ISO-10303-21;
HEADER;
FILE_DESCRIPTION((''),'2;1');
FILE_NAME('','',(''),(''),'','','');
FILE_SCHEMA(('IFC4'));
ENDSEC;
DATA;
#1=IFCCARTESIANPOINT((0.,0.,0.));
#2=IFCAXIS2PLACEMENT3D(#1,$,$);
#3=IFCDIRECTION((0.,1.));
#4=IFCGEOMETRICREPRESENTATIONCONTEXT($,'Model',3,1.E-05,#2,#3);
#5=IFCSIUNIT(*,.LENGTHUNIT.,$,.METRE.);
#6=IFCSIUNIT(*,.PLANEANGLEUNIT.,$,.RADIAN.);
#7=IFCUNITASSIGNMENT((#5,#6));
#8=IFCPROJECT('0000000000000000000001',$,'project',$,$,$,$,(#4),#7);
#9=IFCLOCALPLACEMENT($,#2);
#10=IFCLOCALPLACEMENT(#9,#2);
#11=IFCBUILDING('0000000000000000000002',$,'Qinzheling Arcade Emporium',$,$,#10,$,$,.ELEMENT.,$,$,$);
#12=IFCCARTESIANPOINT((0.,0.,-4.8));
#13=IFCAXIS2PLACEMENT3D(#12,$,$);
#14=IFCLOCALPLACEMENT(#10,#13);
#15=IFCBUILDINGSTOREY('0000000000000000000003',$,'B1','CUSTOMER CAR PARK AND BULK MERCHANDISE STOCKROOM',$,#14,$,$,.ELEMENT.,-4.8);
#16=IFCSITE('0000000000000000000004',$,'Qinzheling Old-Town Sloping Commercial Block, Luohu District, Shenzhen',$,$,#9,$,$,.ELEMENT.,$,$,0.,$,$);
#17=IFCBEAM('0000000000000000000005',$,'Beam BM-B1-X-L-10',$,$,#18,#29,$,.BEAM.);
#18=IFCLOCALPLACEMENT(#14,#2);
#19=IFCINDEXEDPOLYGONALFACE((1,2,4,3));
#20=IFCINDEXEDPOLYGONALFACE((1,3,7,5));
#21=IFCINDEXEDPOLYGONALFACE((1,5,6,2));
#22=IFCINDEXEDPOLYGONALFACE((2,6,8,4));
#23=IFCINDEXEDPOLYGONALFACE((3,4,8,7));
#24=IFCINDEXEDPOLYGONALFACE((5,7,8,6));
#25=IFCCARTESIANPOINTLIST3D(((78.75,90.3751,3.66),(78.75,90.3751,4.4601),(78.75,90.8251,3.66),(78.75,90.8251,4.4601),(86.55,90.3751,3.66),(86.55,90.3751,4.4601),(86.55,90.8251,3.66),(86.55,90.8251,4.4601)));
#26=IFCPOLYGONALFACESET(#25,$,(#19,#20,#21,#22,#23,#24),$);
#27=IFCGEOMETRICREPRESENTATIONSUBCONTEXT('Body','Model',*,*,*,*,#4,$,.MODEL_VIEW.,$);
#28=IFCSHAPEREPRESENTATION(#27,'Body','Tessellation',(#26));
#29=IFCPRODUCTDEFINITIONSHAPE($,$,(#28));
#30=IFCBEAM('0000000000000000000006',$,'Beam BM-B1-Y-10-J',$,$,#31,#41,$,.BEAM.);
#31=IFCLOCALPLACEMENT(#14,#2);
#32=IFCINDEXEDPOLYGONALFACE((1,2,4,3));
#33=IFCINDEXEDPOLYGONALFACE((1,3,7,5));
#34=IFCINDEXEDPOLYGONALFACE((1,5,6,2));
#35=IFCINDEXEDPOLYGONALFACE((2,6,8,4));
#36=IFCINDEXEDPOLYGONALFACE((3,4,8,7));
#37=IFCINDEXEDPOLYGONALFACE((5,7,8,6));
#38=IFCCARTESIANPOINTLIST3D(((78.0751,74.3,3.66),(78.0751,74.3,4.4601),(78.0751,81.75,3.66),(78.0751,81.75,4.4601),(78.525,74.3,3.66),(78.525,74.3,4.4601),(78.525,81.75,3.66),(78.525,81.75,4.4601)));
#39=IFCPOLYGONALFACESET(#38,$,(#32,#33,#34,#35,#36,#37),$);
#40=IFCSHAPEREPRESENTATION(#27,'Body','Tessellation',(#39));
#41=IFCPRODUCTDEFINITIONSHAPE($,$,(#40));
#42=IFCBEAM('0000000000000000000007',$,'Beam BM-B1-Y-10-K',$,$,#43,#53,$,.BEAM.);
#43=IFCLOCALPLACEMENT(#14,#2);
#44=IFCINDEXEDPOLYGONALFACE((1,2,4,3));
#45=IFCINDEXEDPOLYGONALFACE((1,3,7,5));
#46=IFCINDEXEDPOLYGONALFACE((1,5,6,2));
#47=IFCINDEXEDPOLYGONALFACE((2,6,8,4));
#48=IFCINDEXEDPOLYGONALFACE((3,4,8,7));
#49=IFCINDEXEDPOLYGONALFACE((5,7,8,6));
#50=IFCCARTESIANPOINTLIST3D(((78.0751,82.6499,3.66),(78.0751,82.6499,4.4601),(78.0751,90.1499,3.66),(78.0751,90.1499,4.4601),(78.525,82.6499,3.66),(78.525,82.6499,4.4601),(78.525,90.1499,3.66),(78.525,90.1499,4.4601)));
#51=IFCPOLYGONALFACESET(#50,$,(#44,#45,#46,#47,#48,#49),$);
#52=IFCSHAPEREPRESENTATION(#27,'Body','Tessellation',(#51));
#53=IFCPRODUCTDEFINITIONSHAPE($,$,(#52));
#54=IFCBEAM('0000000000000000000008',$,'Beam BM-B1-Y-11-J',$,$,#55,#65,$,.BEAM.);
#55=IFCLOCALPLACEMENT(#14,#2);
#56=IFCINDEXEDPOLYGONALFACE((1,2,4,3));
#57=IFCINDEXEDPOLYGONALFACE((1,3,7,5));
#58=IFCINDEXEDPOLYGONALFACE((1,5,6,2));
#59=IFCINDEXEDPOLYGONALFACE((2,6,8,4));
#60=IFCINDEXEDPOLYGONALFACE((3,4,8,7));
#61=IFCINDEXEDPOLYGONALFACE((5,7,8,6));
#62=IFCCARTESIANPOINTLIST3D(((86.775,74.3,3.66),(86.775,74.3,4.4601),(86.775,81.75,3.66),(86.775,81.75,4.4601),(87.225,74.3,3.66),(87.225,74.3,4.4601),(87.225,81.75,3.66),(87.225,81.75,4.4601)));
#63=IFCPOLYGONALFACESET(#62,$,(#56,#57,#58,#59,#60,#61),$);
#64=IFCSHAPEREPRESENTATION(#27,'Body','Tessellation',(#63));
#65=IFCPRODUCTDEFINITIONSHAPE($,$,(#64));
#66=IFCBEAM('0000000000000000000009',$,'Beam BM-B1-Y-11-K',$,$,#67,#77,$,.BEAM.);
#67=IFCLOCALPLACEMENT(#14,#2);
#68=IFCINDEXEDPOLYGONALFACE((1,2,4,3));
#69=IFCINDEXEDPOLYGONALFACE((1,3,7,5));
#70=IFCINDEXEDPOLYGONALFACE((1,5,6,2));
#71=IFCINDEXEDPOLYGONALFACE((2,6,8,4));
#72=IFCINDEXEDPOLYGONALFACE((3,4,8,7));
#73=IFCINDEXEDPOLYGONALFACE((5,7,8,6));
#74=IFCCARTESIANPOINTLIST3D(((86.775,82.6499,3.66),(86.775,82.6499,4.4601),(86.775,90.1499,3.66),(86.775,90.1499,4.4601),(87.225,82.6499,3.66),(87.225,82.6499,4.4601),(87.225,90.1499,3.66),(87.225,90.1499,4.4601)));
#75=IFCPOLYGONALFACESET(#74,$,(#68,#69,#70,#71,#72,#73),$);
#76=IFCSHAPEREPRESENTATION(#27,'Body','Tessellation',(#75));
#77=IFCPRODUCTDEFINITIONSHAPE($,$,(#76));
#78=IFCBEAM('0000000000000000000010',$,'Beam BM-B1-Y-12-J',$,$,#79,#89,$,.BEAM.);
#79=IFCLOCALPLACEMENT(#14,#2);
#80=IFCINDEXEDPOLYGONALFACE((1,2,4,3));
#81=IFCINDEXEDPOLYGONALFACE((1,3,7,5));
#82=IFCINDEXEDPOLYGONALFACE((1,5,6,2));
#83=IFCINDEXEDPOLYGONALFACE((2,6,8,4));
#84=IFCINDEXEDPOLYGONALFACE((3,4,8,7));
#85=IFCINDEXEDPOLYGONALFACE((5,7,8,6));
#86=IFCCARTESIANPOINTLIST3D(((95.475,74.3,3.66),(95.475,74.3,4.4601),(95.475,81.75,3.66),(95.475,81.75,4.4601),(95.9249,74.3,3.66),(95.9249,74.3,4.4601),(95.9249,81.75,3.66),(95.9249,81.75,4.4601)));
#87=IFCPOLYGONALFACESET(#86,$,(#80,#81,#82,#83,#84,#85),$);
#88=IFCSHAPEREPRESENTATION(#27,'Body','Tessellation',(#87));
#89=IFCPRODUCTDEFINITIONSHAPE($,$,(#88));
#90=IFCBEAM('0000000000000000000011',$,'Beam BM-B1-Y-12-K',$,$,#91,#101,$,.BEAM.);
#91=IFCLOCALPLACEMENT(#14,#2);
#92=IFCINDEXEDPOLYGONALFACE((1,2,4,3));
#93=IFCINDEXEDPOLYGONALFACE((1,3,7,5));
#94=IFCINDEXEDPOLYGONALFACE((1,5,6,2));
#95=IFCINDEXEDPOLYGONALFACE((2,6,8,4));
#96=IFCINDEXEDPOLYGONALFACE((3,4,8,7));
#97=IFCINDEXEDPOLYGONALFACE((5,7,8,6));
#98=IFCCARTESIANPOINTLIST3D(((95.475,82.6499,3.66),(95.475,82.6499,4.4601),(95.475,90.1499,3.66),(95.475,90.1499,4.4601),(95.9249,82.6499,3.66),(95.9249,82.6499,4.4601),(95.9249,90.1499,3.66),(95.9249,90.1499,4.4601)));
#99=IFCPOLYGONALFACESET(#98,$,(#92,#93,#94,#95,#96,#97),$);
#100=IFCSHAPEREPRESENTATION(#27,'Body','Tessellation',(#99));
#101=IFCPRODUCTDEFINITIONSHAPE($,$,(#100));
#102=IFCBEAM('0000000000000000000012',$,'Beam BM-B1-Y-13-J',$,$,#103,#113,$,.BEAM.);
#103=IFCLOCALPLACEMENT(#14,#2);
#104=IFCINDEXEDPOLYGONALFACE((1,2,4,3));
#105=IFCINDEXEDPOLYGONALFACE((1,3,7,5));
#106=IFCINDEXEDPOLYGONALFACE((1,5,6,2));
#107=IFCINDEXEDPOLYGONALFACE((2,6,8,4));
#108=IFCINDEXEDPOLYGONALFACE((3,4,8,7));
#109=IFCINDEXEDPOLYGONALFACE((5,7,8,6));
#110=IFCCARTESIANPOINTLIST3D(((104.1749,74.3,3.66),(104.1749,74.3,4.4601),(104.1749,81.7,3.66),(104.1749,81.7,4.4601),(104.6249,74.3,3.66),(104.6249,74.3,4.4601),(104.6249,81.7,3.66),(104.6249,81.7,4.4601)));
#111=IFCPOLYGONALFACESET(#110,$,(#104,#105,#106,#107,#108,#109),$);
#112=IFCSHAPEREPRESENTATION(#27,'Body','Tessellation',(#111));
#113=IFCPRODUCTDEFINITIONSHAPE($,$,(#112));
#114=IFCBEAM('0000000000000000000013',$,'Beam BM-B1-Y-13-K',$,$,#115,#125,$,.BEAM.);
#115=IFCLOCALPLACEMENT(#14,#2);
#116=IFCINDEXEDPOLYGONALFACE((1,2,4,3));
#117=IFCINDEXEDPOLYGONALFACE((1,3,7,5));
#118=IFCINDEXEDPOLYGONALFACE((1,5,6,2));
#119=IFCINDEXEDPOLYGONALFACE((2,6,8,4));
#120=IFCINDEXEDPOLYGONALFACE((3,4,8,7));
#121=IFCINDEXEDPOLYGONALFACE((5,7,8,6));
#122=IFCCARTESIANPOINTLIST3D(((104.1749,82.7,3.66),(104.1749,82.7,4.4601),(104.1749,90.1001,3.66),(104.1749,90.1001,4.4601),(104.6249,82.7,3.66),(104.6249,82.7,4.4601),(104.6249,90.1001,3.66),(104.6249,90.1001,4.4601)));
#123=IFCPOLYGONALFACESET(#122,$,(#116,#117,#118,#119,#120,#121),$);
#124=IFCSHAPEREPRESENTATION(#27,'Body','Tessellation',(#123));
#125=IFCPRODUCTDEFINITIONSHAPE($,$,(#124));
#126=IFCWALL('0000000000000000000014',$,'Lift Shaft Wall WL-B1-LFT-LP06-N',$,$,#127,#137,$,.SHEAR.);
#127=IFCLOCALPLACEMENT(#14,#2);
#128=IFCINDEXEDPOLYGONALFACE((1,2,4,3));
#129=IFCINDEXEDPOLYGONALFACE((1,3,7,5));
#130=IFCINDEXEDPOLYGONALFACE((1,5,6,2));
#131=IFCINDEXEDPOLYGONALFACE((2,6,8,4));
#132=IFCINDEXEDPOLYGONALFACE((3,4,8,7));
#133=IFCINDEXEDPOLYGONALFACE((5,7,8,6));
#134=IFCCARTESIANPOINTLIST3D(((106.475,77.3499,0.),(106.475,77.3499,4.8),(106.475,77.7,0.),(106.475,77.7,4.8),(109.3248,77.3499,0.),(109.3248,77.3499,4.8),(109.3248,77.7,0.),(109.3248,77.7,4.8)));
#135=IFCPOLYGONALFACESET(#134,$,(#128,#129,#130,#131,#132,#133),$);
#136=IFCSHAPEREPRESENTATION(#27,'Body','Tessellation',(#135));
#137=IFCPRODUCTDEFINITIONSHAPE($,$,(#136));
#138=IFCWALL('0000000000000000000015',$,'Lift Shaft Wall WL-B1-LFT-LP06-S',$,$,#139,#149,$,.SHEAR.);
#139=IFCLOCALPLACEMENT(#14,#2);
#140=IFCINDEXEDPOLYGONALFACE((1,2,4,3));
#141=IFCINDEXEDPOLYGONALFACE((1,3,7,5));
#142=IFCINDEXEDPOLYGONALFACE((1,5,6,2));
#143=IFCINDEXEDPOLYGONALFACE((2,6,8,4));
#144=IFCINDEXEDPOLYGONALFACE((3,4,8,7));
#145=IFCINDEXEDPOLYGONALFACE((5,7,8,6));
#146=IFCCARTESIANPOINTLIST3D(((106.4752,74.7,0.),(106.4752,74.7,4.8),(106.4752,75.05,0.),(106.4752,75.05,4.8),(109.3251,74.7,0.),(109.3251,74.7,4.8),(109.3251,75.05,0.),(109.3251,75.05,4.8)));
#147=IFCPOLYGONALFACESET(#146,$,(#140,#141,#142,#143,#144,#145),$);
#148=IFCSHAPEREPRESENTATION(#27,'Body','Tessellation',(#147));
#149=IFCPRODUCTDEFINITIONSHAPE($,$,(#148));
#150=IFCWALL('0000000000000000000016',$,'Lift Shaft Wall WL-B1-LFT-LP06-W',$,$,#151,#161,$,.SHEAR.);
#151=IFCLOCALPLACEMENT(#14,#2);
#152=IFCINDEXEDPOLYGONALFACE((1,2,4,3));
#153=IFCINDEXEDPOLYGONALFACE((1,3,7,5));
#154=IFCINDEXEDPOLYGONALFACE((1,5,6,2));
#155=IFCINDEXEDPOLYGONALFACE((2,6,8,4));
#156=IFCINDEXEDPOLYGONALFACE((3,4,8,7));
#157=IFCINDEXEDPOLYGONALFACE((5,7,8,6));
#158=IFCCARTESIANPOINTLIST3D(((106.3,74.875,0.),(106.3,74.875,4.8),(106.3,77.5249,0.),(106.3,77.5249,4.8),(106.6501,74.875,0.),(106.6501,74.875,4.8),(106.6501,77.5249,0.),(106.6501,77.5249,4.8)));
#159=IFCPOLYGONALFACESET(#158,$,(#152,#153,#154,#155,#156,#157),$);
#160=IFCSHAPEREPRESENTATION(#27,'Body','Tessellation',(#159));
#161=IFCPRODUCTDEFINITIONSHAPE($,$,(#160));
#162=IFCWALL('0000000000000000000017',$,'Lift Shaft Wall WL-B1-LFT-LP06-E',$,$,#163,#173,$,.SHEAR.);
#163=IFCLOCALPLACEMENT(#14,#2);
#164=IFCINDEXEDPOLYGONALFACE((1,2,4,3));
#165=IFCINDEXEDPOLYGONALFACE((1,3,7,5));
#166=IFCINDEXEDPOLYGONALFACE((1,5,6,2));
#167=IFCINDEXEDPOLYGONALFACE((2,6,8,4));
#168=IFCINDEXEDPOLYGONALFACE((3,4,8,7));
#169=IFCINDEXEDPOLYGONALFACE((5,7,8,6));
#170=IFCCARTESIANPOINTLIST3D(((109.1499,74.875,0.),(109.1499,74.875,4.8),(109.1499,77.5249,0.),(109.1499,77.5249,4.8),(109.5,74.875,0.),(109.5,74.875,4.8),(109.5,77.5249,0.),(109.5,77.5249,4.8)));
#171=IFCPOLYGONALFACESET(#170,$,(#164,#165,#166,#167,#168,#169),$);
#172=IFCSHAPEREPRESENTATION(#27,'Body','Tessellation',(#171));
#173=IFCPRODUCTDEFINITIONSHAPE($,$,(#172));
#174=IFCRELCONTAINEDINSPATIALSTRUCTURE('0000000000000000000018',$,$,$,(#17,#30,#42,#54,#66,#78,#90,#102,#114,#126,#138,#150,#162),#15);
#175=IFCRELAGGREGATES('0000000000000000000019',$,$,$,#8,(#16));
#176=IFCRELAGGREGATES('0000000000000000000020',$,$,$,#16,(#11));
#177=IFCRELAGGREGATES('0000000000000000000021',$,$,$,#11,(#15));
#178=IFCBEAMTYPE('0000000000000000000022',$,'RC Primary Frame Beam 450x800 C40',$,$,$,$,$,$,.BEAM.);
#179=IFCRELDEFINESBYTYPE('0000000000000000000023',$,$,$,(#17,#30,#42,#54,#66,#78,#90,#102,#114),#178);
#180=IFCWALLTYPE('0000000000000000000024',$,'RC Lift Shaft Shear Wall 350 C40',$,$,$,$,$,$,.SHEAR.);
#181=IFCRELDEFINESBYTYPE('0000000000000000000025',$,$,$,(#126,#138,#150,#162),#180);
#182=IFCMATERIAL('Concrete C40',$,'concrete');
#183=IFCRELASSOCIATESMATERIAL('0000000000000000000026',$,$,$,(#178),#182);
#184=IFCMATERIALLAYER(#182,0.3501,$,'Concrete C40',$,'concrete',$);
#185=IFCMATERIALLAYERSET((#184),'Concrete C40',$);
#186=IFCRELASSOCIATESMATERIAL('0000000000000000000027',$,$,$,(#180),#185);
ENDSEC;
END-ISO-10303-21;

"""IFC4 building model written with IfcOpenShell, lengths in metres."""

from ifc_helpers import new_model, si_unit, direction, frame, frame_2d, origin, origin_2d, place, context, subcontext, project, spatial, rectangle, extrude, material, layer, layer_set, material_profile, profile_set, type_object, element, save


model = new_model("IFC4")

# Units and contexts
model_context = context("Model", 3, precision=1e-05, world=origin(), true_north=direction((0.0, 1.0)))
body_context = subcontext(model_context, "Body", "Model", "MODEL_VIEW")
ifc_project = project(units=[si_unit("LENGTHUNIT", "METRE"), si_unit("PLANEANGLEUNIT", "RADIAN")], contexts=[model_context])

# Site, building, storey
site_placement = place(None, origin())
site = spatial("IfcSite", under=ifc_project, at=site_placement, Name="Qinzheling Old-Town Sloping Commercial Block, Luohu District, Shenzhen", CompositionType="ELEMENT", RefElevation=0.0)
building_placement = place(site_placement, origin())
building = spatial("IfcBuilding", under=site, at=building_placement, Name="Qinzheling Arcade Emporium", CompositionType="ELEMENT")
storey_placement = place(building_placement, frame((0.0, 0.0, -4.8)))
storey = spatial("IfcBuildingStorey", under=building, at=storey_placement, Name="B1", Description="CUSTOMER CAR PARK AND BULK MERCHANDISE STOCKROOM", CompositionType="ELEMENT", Elevation=-4.8)

# Beams
ifc_material_1 = material(Name="Concrete C40", Category="concrete")
ifc_material_profile_1 = material_profile(ifc_material_1, rectangle(XDim=0.45, YDim=0.8, at=origin_2d()), Name="RC 450x800", Category="concrete")
ifc_profile_set_1 = profile_set([ifc_material_profile_1], Name="Concrete C40")
beam_type = type_object("IfcBeamType", Name="RC Primary Frame Beam 450x800 C40", PredefinedType="BEAM", material=ifc_profile_set_1)
beam_1_placement = place(storey_placement, frame((78.75, 90.6001, 4.0601), z_axis=(1.0, 0.0, 0.0), x_axis=(0.0, 1.0, 0.0)))
element("IfcBeam", 1, at=beam_1_placement, inside=storey, type_object=beam_type, Name="Beam BM-B1-X-L-10", PredefinedType="BEAM", context=body_context, shape_type="SweptSolid", body=[
    extrude(rectangle(XDim=0.45, YDim=0.8, at=origin_2d()), origin(), (0.0, 0.0, 1.0), 7.8),
])
beam_2_placement = place(storey_placement, frame((78.3, 74.3, 4.0601), z_axis=(0.0, 1.0, 0.0), x_axis=(-1.0, 0.0, 0.0)))
element("IfcBeam", 2, at=beam_2_placement, inside=storey, type_object=beam_type, Name="Beam BM-B1-Y-10-J", PredefinedType="BEAM", context=body_context, shape_type="SweptSolid", body=[
    extrude(rectangle(XDim=0.45, YDim=0.8, at=origin_2d()), origin(), (0.0, 0.0, 1.0), 7.45),
])
beam_3_placement = place(storey_placement, frame((78.3, 82.6499, 4.0601), z_axis=(0.0, 1.0, 0.0), x_axis=(-1.0, 0.0, 0.0)))
element("IfcBeam", 3, at=beam_3_placement, inside=storey, type_object=beam_type, Name="Beam BM-B1-Y-10-K", PredefinedType="BEAM", context=body_context, shape_type="SweptSolid", body=[
    extrude(rectangle(XDim=0.45, YDim=0.8, at=origin_2d()), origin(), (0.0, 0.0, 1.0), 7.5),
])
beam_4_placement = place(storey_placement, frame((87.0, 74.3, 4.0601), z_axis=(0.0, 1.0, 0.0), x_axis=(-1.0, 0.0, 0.0)))
element("IfcBeam", 4, at=beam_4_placement, inside=storey, type_object=beam_type, Name="Beam BM-B1-Y-11-J", PredefinedType="BEAM", context=body_context, shape_type="SweptSolid", body=[
    extrude(rectangle(XDim=0.45, YDim=0.8, at=origin_2d()), origin(), (0.0, 0.0, 1.0), 7.45),
])
beam_5_placement = place(storey_placement, frame((87.0, 82.6499, 4.0601), z_axis=(0.0, 1.0, 0.0), x_axis=(-1.0, 0.0, 0.0)))
element("IfcBeam", 5, at=beam_5_placement, inside=storey, type_object=beam_type, Name="Beam BM-B1-Y-11-K", PredefinedType="BEAM", context=body_context, shape_type="SweptSolid", body=[
    extrude(rectangle(XDim=0.45, YDim=0.8, at=origin_2d()), origin(), (0.0, 0.0, 1.0), 7.5),
])
beam_6_placement = place(storey_placement, frame((95.7, 74.3, 4.0601), z_axis=(0.0, 1.0, 0.0), x_axis=(-1.0, 0.0, 0.0)))
element("IfcBeam", 6, at=beam_6_placement, inside=storey, type_object=beam_type, Name="Beam BM-B1-Y-12-J", PredefinedType="BEAM", context=body_context, shape_type="SweptSolid", body=[
    extrude(rectangle(XDim=0.45, YDim=0.8, at=origin_2d()), origin(), (0.0, 0.0, 1.0), 7.45),
])
beam_7_placement = place(storey_placement, frame((95.7, 82.6499, 4.0601), z_axis=(0.0, 1.0, 0.0), x_axis=(-1.0, 0.0, 0.0)))
element("IfcBeam", 7, at=beam_7_placement, inside=storey, type_object=beam_type, Name="Beam BM-B1-Y-12-K", PredefinedType="BEAM", context=body_context, shape_type="SweptSolid", body=[
    extrude(rectangle(XDim=0.45, YDim=0.8, at=origin_2d()), origin(), (0.0, 0.0, 1.0), 7.5),
])
beam_8_placement = place(storey_placement, frame((104.3999, 74.3, 4.0601), z_axis=(0.0, 1.0, 0.0), x_axis=(-1.0, 0.0, 0.0)))
element("IfcBeam", 8, at=beam_8_placement, inside=storey, type_object=beam_type, Name="Beam BM-B1-Y-13-J", PredefinedType="BEAM", context=body_context, shape_type="SweptSolid", body=[
    extrude(rectangle(XDim=0.45, YDim=0.8, at=origin_2d()), origin(), (0.0, 0.0, 1.0), 7.3999),
])
beam_9_placement = place(storey_placement, frame((104.3999, 82.7, 4.0601), z_axis=(0.0, 1.0, 0.0), x_axis=(-1.0, 0.0, 0.0)))
element("IfcBeam", 9, at=beam_9_placement, inside=storey, type_object=beam_type, Name="Beam BM-B1-Y-13-K", PredefinedType="BEAM", context=body_context, shape_type="SweptSolid", body=[
    extrude(rectangle(XDim=0.45, YDim=0.8, at=origin_2d()), origin(), (0.0, 0.0, 1.0), 7.4001),
])

# Walls
ifc_layer = layer(ifc_material_1, 0.3501, Name="Concrete C40", Category="concrete")
ifc_layer_set = layer_set([ifc_layer], Name="Concrete C40")
wall_type = type_object("IfcWallType", Name="RC Lift Shaft Shear Wall 350 C40", PredefinedType="SHEAR", material=ifc_layer_set)
for number, where, z_axis, x_axis, name in (
    (10, (106.4751, 77.5249, 0.0), (0.0, 0.0, 1.0), (1.0, 0.0, 0.0), "Lift Shaft Wall WL-B1-LFT-LP06-N"),
    (11, (109.325, 74.875, 0.0), (0.0, 0.0, 1.0), (-1.0, 0.0, 0.0), "Lift Shaft Wall WL-B1-LFT-LP06-S"),
):
    element("IfcWall", number, at=place(storey_placement, frame(where, z_axis=z_axis, x_axis=x_axis)), inside=storey, type_object=wall_type, Name=name, PredefinedType="SHEAR", context=body_context, shape_type="SweptSolid", body=[
        extrude(rectangle(XDim=2.8499, YDim=0.3501, at=frame_2d((1.4248, 0.0))), origin(), (0.0, 0.0, 1.0), 4.8),
    ])
for number, where, z_axis, x_axis, name in (
    (12, (106.4751, 74.875, 0.0), (0.0, 0.0, 1.0), (0.0, 1.0, 0.0), "Lift Shaft Wall WL-B1-LFT-LP06-W"),
    (13, (109.325, 77.5249, 0.0), (0.0, 0.0, 1.0), (0.0, -1.0, 0.0), "Lift Shaft Wall WL-B1-LFT-LP06-E"),
):
    element("IfcWall", number, at=place(storey_placement, frame(where, z_axis=z_axis, x_axis=x_axis)), inside=storey, type_object=wall_type, Name=name, PredefinedType="SHEAR", context=body_context, shape_type="SweptSolid", body=[
        extrude(rectangle(XDim=2.6499, YDim=0.3501, at=frame_2d((1.325, 0.0))), origin(), (0.0, 0.0, 1.0), 4.8),
    ])

save(model, "model.ifc")
